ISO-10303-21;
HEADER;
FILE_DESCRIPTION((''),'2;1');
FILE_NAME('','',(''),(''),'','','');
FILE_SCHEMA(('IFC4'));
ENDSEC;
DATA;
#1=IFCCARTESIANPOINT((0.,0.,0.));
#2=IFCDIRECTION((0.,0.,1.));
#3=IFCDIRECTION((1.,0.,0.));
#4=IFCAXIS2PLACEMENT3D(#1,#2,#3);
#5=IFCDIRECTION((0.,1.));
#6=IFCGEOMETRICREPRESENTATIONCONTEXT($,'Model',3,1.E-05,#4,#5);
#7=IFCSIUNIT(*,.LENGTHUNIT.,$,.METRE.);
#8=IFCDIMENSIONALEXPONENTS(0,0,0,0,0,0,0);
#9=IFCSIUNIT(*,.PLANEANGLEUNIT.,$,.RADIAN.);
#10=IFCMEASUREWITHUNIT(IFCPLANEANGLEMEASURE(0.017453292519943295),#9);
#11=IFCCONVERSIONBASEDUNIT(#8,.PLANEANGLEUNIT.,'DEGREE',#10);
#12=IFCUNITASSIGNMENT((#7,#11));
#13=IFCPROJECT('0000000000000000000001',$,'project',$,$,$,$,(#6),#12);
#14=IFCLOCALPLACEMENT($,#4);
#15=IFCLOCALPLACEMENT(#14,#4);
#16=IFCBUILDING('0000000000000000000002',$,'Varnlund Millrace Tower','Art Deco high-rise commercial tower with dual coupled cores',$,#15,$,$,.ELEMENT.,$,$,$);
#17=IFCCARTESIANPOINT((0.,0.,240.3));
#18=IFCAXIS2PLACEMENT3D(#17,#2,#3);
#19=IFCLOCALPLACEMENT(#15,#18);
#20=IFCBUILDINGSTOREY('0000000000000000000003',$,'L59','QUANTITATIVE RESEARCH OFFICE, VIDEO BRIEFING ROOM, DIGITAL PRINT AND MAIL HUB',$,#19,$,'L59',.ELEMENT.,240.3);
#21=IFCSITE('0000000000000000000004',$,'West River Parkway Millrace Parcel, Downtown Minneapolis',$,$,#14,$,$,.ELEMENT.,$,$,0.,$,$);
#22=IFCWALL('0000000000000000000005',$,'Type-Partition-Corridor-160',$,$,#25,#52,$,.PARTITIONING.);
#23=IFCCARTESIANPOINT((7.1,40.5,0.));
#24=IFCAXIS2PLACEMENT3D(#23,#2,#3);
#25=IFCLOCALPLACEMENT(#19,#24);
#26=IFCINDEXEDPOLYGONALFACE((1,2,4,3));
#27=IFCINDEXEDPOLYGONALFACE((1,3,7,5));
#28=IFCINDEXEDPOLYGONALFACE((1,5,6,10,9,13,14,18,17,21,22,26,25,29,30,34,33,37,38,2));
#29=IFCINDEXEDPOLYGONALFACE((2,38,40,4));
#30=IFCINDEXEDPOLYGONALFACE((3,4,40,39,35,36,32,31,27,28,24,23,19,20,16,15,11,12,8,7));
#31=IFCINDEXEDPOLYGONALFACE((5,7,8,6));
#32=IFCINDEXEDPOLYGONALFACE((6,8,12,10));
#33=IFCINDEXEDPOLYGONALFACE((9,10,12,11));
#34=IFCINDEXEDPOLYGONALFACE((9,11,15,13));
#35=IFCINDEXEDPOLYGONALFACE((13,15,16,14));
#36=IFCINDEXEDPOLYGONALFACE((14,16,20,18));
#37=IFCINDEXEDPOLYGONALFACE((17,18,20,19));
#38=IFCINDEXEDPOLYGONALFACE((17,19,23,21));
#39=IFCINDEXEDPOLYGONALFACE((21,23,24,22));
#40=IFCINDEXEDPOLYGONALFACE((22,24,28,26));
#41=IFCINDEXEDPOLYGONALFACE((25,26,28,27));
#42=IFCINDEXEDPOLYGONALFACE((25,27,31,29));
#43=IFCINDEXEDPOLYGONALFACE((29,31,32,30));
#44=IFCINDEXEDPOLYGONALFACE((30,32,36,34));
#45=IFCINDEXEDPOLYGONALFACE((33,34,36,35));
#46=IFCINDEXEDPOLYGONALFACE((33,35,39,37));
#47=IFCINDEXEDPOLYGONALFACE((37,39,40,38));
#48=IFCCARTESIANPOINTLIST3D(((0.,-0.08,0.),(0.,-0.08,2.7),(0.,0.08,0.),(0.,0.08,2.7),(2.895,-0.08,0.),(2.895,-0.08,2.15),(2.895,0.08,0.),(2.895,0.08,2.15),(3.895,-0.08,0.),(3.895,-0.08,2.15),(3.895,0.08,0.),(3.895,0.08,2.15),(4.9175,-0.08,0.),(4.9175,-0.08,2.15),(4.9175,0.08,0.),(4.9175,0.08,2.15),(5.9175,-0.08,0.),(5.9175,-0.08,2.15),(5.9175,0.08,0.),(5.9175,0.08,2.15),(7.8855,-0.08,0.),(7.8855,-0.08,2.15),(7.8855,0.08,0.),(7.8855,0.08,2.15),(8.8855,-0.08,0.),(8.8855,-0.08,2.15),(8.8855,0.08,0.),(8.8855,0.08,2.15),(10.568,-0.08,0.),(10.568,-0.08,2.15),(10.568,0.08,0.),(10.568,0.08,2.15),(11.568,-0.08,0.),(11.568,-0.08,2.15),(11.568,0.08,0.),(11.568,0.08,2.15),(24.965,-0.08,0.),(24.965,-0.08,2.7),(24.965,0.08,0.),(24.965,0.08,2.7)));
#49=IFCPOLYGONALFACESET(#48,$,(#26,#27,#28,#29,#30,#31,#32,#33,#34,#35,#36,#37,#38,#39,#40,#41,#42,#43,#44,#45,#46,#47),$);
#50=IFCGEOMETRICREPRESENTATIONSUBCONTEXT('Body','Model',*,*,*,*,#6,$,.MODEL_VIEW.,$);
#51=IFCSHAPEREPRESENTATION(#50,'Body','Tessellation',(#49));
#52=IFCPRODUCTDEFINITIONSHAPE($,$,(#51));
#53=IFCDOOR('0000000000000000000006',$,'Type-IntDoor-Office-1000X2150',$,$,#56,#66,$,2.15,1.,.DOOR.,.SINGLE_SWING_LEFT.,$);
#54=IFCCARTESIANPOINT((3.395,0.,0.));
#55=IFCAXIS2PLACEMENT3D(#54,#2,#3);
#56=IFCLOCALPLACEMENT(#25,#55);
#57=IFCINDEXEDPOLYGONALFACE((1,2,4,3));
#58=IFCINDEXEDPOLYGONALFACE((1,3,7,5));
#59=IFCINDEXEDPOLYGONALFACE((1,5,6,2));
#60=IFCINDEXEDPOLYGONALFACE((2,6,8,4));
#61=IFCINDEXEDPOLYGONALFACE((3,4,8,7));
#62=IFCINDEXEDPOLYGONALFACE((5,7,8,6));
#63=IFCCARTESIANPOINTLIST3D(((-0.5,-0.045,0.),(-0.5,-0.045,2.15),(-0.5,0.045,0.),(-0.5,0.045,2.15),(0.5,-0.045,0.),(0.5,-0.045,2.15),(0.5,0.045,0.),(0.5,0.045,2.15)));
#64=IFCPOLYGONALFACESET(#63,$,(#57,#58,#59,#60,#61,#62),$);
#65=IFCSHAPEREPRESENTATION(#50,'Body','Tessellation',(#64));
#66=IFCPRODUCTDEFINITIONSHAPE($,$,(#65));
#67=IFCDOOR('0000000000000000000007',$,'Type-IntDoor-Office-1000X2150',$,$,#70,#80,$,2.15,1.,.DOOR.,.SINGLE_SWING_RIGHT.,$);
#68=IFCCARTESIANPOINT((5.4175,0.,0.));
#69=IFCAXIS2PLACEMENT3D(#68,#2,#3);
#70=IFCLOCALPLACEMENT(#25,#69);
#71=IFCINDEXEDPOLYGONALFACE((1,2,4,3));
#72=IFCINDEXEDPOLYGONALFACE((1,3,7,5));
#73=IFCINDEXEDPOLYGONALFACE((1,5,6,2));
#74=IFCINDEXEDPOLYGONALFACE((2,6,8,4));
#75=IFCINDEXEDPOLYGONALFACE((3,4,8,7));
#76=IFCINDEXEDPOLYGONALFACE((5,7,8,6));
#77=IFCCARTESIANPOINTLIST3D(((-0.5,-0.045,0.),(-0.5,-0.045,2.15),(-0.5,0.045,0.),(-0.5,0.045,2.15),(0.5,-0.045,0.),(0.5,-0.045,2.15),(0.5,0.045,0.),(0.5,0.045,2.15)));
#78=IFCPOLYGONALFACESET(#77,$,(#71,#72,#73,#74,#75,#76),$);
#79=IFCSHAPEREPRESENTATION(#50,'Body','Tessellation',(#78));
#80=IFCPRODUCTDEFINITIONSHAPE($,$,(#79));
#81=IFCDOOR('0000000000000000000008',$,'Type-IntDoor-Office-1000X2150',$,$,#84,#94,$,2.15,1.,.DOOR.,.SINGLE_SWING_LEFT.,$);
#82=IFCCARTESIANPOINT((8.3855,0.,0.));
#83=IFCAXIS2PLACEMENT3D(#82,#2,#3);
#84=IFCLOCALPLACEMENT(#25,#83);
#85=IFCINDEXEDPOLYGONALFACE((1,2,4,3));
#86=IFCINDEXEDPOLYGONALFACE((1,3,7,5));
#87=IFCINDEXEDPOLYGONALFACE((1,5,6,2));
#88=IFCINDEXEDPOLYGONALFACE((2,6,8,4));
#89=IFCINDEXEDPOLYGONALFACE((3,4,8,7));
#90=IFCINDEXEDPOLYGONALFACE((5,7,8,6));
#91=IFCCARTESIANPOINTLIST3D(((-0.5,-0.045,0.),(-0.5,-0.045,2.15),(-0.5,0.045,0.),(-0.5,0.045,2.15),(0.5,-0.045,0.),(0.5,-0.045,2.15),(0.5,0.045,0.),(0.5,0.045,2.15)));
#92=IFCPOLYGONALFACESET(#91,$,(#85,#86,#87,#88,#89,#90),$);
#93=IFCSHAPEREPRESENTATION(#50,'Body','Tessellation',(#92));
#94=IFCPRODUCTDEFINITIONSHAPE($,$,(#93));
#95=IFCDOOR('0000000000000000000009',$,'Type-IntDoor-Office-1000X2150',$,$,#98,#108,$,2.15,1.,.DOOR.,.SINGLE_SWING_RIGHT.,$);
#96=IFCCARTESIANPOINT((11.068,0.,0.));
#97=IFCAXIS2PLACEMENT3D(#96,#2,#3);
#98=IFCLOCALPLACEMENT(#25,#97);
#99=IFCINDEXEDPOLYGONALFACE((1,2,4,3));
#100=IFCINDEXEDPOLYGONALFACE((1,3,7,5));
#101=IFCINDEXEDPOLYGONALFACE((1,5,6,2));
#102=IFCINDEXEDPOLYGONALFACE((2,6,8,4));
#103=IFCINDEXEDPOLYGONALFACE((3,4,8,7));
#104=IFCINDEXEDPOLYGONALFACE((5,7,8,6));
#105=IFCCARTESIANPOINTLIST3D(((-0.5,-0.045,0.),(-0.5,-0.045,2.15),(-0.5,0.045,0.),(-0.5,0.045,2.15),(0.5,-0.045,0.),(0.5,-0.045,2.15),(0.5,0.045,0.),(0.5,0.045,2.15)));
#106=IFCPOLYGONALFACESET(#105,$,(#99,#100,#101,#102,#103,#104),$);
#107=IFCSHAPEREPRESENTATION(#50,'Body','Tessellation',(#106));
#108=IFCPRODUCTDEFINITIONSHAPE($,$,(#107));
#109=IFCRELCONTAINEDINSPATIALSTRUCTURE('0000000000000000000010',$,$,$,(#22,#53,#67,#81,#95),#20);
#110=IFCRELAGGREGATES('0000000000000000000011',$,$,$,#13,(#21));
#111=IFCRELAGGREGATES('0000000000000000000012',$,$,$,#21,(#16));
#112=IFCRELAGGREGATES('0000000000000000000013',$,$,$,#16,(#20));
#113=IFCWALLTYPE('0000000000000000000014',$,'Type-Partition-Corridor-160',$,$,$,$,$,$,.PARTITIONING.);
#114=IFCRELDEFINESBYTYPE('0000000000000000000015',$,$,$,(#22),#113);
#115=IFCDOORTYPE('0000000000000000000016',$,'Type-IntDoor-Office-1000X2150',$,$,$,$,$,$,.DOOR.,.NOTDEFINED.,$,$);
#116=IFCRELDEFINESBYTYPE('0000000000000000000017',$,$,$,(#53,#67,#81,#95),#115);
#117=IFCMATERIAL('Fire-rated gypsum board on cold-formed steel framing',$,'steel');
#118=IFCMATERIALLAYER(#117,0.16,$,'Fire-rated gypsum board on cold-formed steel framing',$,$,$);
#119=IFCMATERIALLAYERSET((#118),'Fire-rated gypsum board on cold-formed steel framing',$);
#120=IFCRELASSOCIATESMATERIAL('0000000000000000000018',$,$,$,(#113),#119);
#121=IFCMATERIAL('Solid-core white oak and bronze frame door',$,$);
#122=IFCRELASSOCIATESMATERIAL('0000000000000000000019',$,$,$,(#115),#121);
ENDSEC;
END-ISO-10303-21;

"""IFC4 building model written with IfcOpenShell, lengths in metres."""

from ifc_helpers import new_model, entity, si_unit, converted_unit, direction, frame, origin_with_axes, origin_2d_with_axis, place, context, subcontext, project, spatial, polyline, rectangle, outline, extrude, material, layer, layer_set, type_object, element, fill, save


model = new_model("IFC4")

# Units and contexts
model_context = context("Model", 3, precision=1e-05, world=origin_with_axes(), true_north=direction((0.0, 1.0)))
body_context = subcontext(model_context, "Body", "Model", "MODEL_VIEW")
ifc_project = project(units=[si_unit("LENGTHUNIT", "METRE"), converted_unit("PLANEANGLEUNIT", "DEGREE", entity("IfcPlaneAngleMeasure", 0.017453292519943295), si_unit("PLANEANGLEUNIT", "RADIAN"), dimensions=[0, 0, 0, 0, 0, 0, 0])], contexts=[model_context])

# Site, building, storey
site_placement = place(None, origin_with_axes())
site = spatial("IfcSite", under=ifc_project, at=site_placement, Name="West River Parkway Millrace Parcel, Downtown Minneapolis", CompositionType="ELEMENT", RefElevation=0.0)
building_placement = place(site_placement, origin_with_axes())
building = spatial("IfcBuilding", under=site, at=building_placement, Name="Varnlund Millrace Tower", Description="Art Deco high-rise commercial tower with dual coupled cores", CompositionType="ELEMENT")
storey_placement = place(building_placement, frame((0.0, 0.0, 240.3), z_axis=(0.0, 0.0, 1.0), x_axis=(1.0, 0.0, 0.0)))
storey = spatial("IfcBuildingStorey", under=building, at=storey_placement, Name="L59", Description="QUANTITATIVE RESEARCH OFFICE, VIDEO BRIEFING ROOM, DIGITAL PRINT AND MAIL HUB", LongName="L59", CompositionType="ELEMENT", Elevation=240.3)

# Wall, openings, doors
ifc_material_1 = material(Name="Fire-rated gypsum board on cold-formed steel framing", Category="steel")
ifc_layer_1 = layer(ifc_material_1, 0.16, Name="Fire-rated gypsum board on cold-formed steel framing")
ifc_layer_set_1 = layer_set([ifc_layer_1], Name="Fire-rated gypsum board on cold-formed steel framing")
wall_type_1 = type_object("IfcWallType", Name="Type-Partition-Corridor-160", PredefinedType="PARTITIONING", material=ifc_layer_set_1)
wall_1_placement = place(storey_placement, frame((7.1, 40.5, 0.0), z_axis=(0.0, 0.0, 1.0), x_axis=(1.0, 0.0, 0.0)))
wall_1 = element("IfcWall", 1, at=wall_1_placement, inside=storey, type_object=wall_type_1, Name="Type-Partition-Corridor-160", PredefinedType="PARTITIONING", context=body_context, shape_type="SweptSolid", body=[
    extrude(outline(polyline([(0.0, -0.08), (24.965, -0.08), (24.965, 0.08), (0.0, 0.08), (0.0, -0.08)])), origin_with_axes(), (0.0, 0.0, 1.0), 2.7),
])
opening_1_placement = place(wall_1_placement, frame((3.395, 0.0, 0.0), z_axis=(0.0, 0.0, 1.0), x_axis=(1.0, 0.0, 0.0)))
opening_1 = element("IfcOpeningElement", 2, at=opening_1_placement, cuts=wall_1, PredefinedType="OPENING", context=body_context, shape_type="SweptSolid", body=[
    extrude(rectangle(XDim=1.0, YDim=0.18, at=origin_2d_with_axis()), origin_with_axes(), (0.0, 0.0, 1.0), 2.15),
])
opening_2_placement = place(wall_1_placement, frame((5.4175, 0.0, 0.0), z_axis=(0.0, 0.0, 1.0), x_axis=(1.0, 0.0, 0.0)))
opening_2 = element("IfcOpeningElement", 3, at=opening_2_placement, cuts=wall_1, PredefinedType="OPENING", context=body_context, shape_type="SweptSolid", body=[
    extrude(rectangle(XDim=1.0, YDim=0.18, at=origin_2d_with_axis()), origin_with_axes(), (0.0, 0.0, 1.0), 2.15),
])
opening_3_placement = place(wall_1_placement, frame((8.3855, 0.0, 0.0), z_axis=(0.0, 0.0, 1.0), x_axis=(1.0, 0.0, 0.0)))
opening_3 = element("IfcOpeningElement", 4, at=opening_3_placement, cuts=wall_1, PredefinedType="OPENING", context=body_context, shape_type="SweptSolid", body=[
    extrude(rectangle(XDim=1.0, YDim=0.18, at=origin_2d_with_axis()), origin_with_axes(), (0.0, 0.0, 1.0), 2.15),
])
opening_4_placement = place(wall_1_placement, frame((11.068, 0.0, 0.0), z_axis=(0.0, 0.0, 1.0), x_axis=(1.0, 0.0, 0.0)))
opening_4 = element("IfcOpeningElement", 5, at=opening_4_placement, cuts=wall_1, PredefinedType="OPENING", context=body_context, shape_type="SweptSolid", body=[
    extrude(rectangle(XDim=1.0, YDim=0.18, at=origin_2d_with_axis()), origin_with_axes(), (0.0, 0.0, 1.0), 2.15),
])
ifc_material_2 = material(Name="Solid-core white oak and bronze frame door")
door_type = type_object("IfcDoorType", Name="Type-IntDoor-Office-1000X2150", OperationType="NOTDEFINED", PredefinedType="DOOR", material=ifc_material_2)
door_1_placement = place(wall_1_placement, frame((3.395, 0.0, 0.0), z_axis=(0.0, 0.0, 1.0), x_axis=(1.0, 0.0, 0.0)))
door_1 = element("IfcDoor", 6, at=door_1_placement, inside=storey, type_object=door_type, Name="Type-IntDoor-Office-1000X2150", OperationType="SINGLE_SWING_LEFT", OverallHeight=2.15, OverallWidth=1.0, PredefinedType="DOOR", context=body_context, shape_type="SweptSolid", body=[
    extrude(rectangle(XDim=1.0, YDim=0.09, at=origin_2d_with_axis()), origin_with_axes(), (0.0, 0.0, 1.0), 2.15),
])
fill(opening_1, door_1)
door_2_placement = place(wall_1_placement, frame((5.4175, 0.0, 0.0), z_axis=(0.0, 0.0, 1.0), x_axis=(1.0, 0.0, 0.0)))
door_2 = element("IfcDoor", 7, at=door_2_placement, inside=storey, type_object=door_type, Name="Type-IntDoor-Office-1000X2150", OperationType="SINGLE_SWING_RIGHT", OverallHeight=2.15, OverallWidth=1.0, PredefinedType="DOOR", context=body_context, shape_type="SweptSolid", body=[
    extrude(rectangle(XDim=1.0, YDim=0.09, at=origin_2d_with_axis()), origin_with_axes(), (0.0, 0.0, 1.0), 2.15),
])
fill(opening_2, door_2)
door_3_placement = place(wall_1_placement, frame((8.3855, 0.0, 0.0), z_axis=(0.0, 0.0, 1.0), x_axis=(1.0, 0.0, 0.0)))
door_3 = element("IfcDoor", 8, at=door_3_placement, inside=storey, type_object=door_type, Name="Type-IntDoor-Office-1000X2150", OperationType="SINGLE_SWING_LEFT", OverallHeight=2.15, OverallWidth=1.0, PredefinedType="DOOR", context=body_context, shape_type="SweptSolid", body=[
    extrude(rectangle(XDim=1.0, YDim=0.09, at=origin_2d_with_axis()), origin_with_axes(), (0.0, 0.0, 1.0), 2.15),
])
fill(opening_3, door_3)
door_4_placement = place(wall_1_placement, frame((11.068, 0.0, 0.0), z_axis=(0.0, 0.0, 1.0), x_axis=(1.0, 0.0, 0.0)))
door_4 = element("IfcDoor", 9, at=door_4_placement, inside=storey, type_object=door_type, Name="Type-IntDoor-Office-1000X2150", OperationType="SINGLE_SWING_RIGHT", OverallHeight=2.15, OverallWidth=1.0, PredefinedType="DOOR", context=body_context, shape_type="SweptSolid", body=[
    extrude(rectangle(XDim=1.0, YDim=0.09, at=origin_2d_with_axis()), origin_with_axes(), (0.0, 0.0, 1.0), 2.15),
])
fill(opening_4, door_4)

save(model, "model.ifc")
